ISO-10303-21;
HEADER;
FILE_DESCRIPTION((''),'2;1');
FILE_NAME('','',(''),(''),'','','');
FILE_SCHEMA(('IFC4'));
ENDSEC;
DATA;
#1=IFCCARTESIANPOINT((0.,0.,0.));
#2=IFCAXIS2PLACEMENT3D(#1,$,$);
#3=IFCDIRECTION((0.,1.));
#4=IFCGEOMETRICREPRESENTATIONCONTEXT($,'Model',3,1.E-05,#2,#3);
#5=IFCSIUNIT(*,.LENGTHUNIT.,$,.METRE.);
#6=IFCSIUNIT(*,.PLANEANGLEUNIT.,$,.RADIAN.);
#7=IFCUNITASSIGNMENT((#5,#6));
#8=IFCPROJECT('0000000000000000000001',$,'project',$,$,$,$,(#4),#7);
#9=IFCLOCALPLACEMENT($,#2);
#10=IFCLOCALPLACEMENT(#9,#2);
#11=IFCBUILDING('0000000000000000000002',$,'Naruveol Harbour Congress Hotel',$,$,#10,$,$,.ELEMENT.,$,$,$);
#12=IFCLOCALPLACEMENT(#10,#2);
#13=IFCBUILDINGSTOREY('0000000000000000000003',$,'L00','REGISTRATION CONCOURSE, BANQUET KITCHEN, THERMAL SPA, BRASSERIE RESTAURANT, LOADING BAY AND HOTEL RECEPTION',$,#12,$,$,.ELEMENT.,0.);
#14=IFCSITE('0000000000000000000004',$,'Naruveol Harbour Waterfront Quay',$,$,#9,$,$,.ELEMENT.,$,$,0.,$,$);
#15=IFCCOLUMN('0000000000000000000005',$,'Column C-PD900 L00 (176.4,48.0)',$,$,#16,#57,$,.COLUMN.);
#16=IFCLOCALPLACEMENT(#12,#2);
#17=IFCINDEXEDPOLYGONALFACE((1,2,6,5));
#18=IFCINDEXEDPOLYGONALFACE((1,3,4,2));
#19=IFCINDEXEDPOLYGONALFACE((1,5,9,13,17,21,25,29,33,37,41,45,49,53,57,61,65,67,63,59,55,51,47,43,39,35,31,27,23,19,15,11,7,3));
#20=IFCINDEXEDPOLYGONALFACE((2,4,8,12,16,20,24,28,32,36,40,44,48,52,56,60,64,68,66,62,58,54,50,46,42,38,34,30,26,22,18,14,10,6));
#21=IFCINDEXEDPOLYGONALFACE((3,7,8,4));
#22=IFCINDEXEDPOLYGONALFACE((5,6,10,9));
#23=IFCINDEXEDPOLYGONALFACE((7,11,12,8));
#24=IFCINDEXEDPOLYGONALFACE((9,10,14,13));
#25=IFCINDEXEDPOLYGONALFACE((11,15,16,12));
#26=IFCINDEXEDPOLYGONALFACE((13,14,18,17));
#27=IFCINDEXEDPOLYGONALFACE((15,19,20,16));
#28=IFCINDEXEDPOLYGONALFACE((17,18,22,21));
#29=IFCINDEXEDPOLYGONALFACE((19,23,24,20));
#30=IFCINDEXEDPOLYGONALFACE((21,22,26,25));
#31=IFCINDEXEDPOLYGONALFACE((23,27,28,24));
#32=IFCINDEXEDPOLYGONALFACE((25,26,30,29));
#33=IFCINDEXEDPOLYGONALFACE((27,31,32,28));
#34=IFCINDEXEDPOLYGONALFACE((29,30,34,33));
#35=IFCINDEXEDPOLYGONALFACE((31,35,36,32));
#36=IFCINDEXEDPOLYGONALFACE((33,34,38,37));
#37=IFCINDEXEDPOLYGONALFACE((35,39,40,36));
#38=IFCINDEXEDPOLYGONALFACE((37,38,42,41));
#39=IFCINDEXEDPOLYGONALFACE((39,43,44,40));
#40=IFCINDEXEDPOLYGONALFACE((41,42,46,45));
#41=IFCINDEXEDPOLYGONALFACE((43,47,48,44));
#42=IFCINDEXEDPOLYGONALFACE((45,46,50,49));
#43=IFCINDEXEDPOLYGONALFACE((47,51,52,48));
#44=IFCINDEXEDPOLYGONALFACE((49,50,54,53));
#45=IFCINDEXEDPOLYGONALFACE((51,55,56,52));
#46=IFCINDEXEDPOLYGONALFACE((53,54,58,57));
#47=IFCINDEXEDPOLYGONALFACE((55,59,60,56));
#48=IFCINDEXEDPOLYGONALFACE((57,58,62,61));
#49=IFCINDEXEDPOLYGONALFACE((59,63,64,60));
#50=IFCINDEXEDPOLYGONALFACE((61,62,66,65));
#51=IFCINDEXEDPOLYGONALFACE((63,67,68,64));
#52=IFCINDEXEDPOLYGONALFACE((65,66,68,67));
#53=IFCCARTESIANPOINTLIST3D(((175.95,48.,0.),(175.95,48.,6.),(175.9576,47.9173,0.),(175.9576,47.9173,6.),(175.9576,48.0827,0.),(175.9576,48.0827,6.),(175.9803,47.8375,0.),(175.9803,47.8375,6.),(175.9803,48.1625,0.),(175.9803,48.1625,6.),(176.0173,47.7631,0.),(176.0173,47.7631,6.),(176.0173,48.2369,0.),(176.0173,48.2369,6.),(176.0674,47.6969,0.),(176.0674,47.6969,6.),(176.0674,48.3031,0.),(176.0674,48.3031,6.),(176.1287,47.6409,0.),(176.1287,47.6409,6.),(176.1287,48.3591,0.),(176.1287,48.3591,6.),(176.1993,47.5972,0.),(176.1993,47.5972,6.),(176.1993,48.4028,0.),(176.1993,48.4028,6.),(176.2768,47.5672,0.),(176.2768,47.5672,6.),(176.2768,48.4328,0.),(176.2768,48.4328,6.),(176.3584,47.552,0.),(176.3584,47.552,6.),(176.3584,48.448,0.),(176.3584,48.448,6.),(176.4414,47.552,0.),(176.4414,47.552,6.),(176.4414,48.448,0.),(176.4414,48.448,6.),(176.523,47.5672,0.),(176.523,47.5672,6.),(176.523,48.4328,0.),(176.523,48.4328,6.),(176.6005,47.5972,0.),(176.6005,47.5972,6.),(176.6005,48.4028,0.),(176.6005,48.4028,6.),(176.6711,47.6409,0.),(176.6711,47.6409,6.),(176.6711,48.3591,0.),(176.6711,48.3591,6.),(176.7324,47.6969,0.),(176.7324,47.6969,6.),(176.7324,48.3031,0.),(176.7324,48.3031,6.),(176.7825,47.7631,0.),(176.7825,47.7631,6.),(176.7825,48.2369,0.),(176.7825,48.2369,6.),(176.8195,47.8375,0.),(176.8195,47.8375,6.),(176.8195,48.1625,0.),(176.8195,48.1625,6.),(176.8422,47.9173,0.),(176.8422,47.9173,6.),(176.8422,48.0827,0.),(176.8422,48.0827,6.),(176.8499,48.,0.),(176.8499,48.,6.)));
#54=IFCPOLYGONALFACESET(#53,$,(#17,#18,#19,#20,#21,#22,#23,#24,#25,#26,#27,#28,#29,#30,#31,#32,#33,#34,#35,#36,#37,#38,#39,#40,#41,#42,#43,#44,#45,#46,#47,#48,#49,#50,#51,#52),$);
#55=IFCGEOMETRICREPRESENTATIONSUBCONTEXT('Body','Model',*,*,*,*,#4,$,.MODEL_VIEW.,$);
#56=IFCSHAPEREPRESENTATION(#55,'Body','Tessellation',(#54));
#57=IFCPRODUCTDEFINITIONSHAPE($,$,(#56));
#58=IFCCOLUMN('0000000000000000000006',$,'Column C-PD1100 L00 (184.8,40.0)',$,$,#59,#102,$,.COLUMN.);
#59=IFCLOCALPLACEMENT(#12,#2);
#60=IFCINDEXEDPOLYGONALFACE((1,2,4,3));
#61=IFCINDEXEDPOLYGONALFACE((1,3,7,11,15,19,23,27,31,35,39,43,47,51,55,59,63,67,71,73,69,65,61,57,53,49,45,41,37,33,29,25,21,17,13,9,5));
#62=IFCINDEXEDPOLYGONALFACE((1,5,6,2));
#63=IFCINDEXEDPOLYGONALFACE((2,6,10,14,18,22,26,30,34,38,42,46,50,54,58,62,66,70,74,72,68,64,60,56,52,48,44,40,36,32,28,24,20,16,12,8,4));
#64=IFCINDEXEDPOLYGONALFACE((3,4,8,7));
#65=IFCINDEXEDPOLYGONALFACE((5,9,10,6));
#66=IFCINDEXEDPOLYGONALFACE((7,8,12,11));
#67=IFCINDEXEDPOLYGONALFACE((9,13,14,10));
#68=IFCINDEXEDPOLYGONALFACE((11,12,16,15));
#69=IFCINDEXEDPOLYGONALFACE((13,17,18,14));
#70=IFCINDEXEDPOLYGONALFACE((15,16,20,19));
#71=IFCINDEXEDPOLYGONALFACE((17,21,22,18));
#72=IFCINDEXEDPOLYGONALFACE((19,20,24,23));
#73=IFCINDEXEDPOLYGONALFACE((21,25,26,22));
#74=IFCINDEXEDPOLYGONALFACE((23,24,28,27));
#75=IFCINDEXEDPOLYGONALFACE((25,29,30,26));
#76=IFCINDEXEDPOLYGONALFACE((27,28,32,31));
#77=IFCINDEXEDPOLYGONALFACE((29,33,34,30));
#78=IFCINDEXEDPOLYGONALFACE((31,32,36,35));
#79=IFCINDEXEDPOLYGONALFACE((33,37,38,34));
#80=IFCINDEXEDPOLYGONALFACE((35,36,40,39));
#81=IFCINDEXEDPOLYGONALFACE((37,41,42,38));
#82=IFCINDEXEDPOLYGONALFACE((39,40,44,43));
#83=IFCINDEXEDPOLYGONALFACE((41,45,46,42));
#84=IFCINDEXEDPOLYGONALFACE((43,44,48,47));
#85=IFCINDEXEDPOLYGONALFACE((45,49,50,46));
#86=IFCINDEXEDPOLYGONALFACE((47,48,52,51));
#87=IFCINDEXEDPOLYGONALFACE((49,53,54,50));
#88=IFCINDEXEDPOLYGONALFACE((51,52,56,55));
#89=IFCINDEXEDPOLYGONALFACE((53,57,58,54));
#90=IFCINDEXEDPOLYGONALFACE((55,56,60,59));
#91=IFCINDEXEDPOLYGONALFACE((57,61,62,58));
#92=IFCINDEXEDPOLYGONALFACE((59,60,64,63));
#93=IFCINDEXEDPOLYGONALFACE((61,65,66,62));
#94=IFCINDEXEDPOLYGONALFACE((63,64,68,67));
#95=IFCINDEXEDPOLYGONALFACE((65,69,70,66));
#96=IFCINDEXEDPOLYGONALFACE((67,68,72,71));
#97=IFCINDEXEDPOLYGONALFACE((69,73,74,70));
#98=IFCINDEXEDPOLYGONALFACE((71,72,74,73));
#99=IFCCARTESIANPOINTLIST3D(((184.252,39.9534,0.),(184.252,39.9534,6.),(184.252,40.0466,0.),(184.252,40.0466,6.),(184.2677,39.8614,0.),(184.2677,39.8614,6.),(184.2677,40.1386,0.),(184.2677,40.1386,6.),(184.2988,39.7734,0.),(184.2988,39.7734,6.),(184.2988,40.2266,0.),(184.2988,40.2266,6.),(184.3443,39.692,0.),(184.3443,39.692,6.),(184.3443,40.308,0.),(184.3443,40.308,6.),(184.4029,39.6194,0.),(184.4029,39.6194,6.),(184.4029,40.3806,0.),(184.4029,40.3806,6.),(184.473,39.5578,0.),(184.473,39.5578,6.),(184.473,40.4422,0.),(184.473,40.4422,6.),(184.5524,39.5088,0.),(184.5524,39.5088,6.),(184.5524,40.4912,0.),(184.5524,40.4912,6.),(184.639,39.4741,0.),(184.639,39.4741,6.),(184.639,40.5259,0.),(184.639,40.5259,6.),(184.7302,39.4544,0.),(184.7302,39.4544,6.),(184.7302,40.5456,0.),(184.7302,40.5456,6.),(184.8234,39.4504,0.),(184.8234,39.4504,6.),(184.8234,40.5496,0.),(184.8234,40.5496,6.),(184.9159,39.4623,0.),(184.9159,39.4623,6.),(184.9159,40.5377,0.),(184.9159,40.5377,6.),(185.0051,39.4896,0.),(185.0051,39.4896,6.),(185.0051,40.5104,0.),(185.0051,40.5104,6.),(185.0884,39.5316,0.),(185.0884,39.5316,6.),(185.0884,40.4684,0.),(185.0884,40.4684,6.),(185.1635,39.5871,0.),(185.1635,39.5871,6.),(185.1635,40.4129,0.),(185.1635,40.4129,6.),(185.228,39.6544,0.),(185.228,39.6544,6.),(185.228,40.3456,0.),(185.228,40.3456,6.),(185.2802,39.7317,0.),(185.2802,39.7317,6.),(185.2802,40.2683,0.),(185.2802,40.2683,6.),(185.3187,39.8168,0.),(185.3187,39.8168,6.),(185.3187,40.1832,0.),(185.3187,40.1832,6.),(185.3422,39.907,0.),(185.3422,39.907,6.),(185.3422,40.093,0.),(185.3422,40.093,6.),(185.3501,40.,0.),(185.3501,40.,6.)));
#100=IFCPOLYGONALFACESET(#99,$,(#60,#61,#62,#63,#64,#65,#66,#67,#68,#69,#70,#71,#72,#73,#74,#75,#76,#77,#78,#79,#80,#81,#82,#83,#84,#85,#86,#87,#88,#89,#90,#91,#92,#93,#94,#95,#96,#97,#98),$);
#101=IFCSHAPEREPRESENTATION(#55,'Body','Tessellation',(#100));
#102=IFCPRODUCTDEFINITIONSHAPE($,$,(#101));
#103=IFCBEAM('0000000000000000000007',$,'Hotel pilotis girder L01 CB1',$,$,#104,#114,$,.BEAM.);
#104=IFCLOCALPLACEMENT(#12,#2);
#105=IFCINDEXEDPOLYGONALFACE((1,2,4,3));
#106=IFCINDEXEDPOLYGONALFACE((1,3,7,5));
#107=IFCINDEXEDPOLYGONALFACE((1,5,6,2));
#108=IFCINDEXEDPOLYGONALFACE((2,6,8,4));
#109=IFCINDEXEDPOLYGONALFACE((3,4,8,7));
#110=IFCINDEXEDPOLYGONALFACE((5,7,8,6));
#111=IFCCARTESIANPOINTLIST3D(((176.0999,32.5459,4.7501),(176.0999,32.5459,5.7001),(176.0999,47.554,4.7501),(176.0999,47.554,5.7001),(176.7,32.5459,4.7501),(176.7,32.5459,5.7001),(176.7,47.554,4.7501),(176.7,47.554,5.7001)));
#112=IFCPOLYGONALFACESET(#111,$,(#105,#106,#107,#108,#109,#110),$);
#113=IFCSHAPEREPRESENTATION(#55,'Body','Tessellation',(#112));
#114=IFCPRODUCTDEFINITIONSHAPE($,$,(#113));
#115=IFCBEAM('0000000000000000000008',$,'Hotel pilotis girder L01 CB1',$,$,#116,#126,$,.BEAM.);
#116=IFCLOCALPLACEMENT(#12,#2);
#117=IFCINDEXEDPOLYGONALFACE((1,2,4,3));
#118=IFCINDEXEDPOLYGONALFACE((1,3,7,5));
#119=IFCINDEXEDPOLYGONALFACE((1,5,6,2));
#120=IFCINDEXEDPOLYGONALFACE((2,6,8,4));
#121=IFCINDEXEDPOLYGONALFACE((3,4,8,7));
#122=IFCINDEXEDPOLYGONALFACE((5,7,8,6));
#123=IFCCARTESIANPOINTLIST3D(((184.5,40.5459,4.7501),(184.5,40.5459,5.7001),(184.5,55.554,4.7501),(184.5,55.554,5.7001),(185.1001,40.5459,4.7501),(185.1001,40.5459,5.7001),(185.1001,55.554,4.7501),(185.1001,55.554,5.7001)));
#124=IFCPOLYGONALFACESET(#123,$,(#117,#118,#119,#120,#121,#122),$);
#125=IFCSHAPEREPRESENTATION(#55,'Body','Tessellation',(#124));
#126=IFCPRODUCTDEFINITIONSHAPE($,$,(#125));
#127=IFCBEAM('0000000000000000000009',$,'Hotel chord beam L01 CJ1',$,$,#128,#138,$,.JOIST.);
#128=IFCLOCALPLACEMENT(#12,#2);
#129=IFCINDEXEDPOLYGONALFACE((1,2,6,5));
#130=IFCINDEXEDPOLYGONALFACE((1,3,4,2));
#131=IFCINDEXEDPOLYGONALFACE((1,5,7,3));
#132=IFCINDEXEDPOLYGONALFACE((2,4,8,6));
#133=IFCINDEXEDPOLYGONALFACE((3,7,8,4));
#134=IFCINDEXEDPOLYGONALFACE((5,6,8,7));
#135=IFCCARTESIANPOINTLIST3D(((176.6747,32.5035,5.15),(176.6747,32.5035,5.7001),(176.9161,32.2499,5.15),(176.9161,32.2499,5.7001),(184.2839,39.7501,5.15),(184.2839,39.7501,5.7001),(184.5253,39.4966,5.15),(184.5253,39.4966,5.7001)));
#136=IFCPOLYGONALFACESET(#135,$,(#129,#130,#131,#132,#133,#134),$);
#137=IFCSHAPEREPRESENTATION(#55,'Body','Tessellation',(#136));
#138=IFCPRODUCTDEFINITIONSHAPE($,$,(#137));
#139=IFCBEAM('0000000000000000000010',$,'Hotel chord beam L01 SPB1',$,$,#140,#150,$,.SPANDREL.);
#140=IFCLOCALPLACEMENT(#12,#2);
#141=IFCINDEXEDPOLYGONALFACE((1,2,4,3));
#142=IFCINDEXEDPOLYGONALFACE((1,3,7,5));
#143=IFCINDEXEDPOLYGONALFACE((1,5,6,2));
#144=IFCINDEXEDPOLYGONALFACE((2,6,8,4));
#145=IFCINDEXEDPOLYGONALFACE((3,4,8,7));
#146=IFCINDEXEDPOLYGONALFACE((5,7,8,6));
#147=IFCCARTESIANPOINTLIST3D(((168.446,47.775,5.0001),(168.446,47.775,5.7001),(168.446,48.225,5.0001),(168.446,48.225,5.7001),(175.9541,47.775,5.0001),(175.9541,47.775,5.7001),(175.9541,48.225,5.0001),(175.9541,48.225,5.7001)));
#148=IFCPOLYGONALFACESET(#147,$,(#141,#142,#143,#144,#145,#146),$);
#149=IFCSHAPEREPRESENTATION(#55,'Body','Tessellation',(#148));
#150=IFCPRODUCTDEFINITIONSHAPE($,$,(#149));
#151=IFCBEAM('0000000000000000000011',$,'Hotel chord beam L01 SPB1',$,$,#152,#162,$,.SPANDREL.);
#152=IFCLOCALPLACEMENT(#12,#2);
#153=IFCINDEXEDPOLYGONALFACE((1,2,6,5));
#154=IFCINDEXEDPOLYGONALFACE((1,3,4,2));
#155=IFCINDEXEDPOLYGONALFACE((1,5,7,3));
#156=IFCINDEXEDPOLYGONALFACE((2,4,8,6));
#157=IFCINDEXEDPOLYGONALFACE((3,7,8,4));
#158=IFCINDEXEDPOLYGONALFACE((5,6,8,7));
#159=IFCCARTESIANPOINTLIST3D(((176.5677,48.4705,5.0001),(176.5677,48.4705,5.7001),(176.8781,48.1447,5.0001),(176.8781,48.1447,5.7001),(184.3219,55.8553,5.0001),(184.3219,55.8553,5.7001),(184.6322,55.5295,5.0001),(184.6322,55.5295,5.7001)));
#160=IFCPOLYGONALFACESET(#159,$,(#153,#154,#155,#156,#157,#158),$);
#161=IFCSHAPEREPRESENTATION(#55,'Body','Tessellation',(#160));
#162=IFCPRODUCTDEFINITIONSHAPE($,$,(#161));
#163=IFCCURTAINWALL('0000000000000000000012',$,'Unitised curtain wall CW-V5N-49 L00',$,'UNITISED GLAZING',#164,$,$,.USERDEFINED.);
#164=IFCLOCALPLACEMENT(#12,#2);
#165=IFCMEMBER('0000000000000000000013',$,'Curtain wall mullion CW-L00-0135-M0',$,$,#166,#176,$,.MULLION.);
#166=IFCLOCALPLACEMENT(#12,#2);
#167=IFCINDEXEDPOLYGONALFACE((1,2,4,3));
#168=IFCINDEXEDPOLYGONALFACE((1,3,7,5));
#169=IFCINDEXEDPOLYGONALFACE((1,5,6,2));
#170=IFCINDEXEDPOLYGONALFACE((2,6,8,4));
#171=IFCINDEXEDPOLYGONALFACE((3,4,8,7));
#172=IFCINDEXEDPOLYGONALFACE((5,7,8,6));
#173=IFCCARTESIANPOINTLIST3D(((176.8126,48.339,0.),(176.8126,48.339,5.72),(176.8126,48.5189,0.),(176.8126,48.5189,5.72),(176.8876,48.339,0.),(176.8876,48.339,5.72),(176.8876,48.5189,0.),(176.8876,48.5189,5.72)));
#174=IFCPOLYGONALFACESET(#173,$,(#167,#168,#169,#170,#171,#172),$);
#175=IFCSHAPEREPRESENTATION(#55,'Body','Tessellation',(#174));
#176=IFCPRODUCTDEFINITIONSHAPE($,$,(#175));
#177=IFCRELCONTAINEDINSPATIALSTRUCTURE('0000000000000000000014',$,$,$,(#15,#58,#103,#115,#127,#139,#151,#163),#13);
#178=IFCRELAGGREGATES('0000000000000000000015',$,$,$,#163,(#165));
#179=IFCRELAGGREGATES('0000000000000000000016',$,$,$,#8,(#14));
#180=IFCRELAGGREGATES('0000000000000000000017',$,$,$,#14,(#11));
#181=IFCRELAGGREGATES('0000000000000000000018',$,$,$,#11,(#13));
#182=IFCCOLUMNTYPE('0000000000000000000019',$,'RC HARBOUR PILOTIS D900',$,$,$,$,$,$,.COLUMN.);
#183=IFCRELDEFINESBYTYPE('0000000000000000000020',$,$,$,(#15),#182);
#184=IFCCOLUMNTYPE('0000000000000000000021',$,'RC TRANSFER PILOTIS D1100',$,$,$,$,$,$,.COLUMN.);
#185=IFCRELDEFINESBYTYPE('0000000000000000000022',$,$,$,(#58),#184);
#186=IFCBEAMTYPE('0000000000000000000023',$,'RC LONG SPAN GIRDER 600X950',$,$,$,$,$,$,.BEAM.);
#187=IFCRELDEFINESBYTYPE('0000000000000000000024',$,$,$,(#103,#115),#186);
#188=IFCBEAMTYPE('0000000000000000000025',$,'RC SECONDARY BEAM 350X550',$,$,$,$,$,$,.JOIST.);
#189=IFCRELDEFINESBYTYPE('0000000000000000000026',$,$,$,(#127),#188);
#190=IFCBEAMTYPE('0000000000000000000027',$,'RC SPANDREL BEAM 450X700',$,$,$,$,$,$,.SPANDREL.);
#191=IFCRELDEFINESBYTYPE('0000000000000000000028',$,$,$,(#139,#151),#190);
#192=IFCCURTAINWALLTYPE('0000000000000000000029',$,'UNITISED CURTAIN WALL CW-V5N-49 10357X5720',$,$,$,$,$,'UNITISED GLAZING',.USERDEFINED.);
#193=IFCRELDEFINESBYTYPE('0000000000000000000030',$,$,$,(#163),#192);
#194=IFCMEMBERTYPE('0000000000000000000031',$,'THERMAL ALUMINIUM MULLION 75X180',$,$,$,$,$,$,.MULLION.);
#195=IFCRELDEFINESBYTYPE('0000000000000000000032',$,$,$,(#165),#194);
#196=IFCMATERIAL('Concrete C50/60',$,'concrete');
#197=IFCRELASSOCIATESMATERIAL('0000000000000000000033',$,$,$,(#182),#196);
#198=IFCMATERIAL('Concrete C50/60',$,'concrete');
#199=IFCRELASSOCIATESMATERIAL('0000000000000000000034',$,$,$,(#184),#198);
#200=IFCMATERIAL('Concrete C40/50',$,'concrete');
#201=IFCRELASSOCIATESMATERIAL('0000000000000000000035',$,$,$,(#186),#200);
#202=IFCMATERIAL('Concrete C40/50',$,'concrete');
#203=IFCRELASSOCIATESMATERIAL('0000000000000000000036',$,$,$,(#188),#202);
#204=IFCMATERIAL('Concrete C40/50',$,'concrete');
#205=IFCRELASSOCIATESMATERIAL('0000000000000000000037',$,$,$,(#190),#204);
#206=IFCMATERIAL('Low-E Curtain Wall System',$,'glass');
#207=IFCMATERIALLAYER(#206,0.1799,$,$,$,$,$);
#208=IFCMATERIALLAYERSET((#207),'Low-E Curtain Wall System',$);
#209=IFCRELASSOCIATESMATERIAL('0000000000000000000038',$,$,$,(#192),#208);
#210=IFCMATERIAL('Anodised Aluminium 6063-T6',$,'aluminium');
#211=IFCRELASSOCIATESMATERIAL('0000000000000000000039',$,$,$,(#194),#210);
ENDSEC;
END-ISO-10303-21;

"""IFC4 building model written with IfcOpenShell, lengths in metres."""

from ifc_helpers import new_model, si_unit, direction, frame, origin, origin_2d, place, context, subcontext, project, spatial, rectangle, circle, extrude, material, layer, layer_set, material_profile, profile_set, type_object, element, aggregate, save


model = new_model("IFC4")

# Units and contexts
model_context = context("Model", 3, precision=1e-05, world=origin(), true_north=direction((0.0, 1.0)))
body_context = subcontext(model_context, "Body", "Model", "MODEL_VIEW")
ifc_project = project(units=[si_unit("LENGTHUNIT", "METRE"), si_unit("PLANEANGLEUNIT", "RADIAN")], contexts=[model_context])

# Site, building, storey
site_placement = place(None, origin())
site = spatial("IfcSite", under=ifc_project, at=site_placement, Name="Naruveol Harbour Waterfront Quay", CompositionType="ELEMENT", RefElevation=0.0)
building_placement = place(site_placement, origin())
building = spatial("IfcBuilding", under=site, at=building_placement, Name="Naruveol Harbour Congress Hotel", CompositionType="ELEMENT")
storey_placement = place(building_placement, origin())
storey = spatial("IfcBuildingStorey", under=building, at=storey_placement, Name="L00", Description="REGISTRATION CONCOURSE, BANQUET KITCHEN, THERMAL SPA, BRASSERIE RESTAURANT, LOADING BAY AND HOTEL RECEPTION", CompositionType="ELEMENT", Elevation=0.0)

# Columns
ifc_material_1 = material(Name="Concrete C50/60", Category="concrete")
ifc_material_profile_1 = material_profile(ifc_material_1, circle(Radius=0.45, at=origin_2d()), Name="RC-D900")
ifc_profile_set_1 = profile_set([ifc_material_profile_1], Name="Concrete C50/60")
column_type_1 = type_object("IfcColumnType", Name="RC HARBOUR PILOTIS D900", PredefinedType="COLUMN", material=ifc_profile_set_1)
column_1_placement = place(storey_placement, frame((176.3999, 48.0, 0.0), z_axis=(0.0, 0.0, 1.0), x_axis=(1.0, 0.0, 0.0)))
element("IfcColumn", 1, at=column_1_placement, inside=storey, type_object=column_type_1, Name="Column C-PD900 L00 (176.4,48.0)", PredefinedType="COLUMN", context=body_context, shape_type="SweptSolid", body=[
    extrude(circle(Radius=0.45, at=origin_2d()), origin(), (0.0, 0.0, 1.0), 6.0),
])
ifc_material_2 = material(Name="Concrete C50/60", Category="concrete")
ifc_material_profile_2 = material_profile(ifc_material_2, circle(Radius=0.55, at=origin_2d()), Name="RC-D1100")
ifc_profile_set_2 = profile_set([ifc_material_profile_2], Name="Concrete C50/60")
column_type_2 = type_object("IfcColumnType", Name="RC TRANSFER PILOTIS D1100", PredefinedType="COLUMN", material=ifc_profile_set_2)
column_2_placement = place(storey_placement, frame((184.8, 40.0, 0.0), z_axis=(0.0, 0.0, 1.0), x_axis=(1.0, 0.0, 0.0)))
element("IfcColumn", 2, at=column_2_placement, inside=storey, type_object=column_type_2, Name="Column C-PD1100 L00 (184.8,40.0)", PredefinedType="COLUMN", context=body_context, shape_type="SweptSolid", body=[
    extrude(circle(Radius=0.55, at=origin_2d()), origin(), (0.0, 0.0, 1.0), 6.0),
])

# Beams
ifc_material_3 = material(Name="Concrete C40/50", Category="concrete")
ifc_material_profile_3 = material_profile(ifc_material_3, rectangle(XDim=0.6001, YDim=0.95, at=origin_2d()), Name="RCB-600x950")
ifc_profile_set_3 = profile_set([ifc_material_profile_3], Name="Concrete C40/50")
beam_type_1 = type_object("IfcBeamType", Name="RC LONG SPAN GIRDER 600X950", PredefinedType="BEAM", material=ifc_profile_set_3)
for number, where, z_axis, x_axis, name in (
    (3, (176.3999, 32.5459, 5.2251), (0.0, 1.0, 0.0), (-1.0, 0.0, 0.0), "Hotel pilotis girder L01 CB1"),
    (4, (184.8, 40.5459, 5.2251), (0.0, 1.0, 0.0), (-1.0, 0.0, 0.0), "Hotel pilotis girder L01 CB1"),
):
    element("IfcBeam", number, at=place(storey_placement, frame(where, z_axis=z_axis, x_axis=x_axis)), inside=storey, type_object=beam_type_1, Name=name, PredefinedType="BEAM", context=body_context, shape_type="SweptSolid", body=[
        extrude(rectangle(XDim=0.6001, YDim=0.95, at=origin_2d()), origin(), (0.0, 0.0, 1.0), 15.0081),
    ])
ifc_material_4 = material(Name="Concrete C40/50", Category="concrete")
ifc_material_profile_4 = material_profile(ifc_material_4, rectangle(XDim=0.3501, YDim=0.55, at=origin_2d()), Name="RCB-350x550")
ifc_profile_set_4 = profile_set([ifc_material_profile_4], Name="Concrete C40/50")
beam_type_2 = type_object("IfcBeamType", Name="RC SECONDARY BEAM 350X550", PredefinedType="JOIST", material=ifc_profile_set_4)
beam_1_placement = place(storey_placement, frame((176.7954, 32.3767, 5.425), z_axis=(0.724148, 0.689645, 0.0), x_axis=(-0.689645, 0.724148, 0.0)))
element("IfcBeam", 5, at=beam_1_placement, inside=storey, type_object=beam_type_2, Name="Hotel chord beam L01 CJ1", PredefinedType="JOIST", context=body_context, shape_type="SweptSolid", body=[
    extrude(rectangle(XDim=0.3501, YDim=0.55, at=origin_2d()), origin(), (0.0, 0.0, 1.0), 10.5078),
])
ifc_material_5 = material(Name="Concrete C40/50", Category="concrete")
ifc_material_profile_5 = material_profile(ifc_material_5, rectangle(XDim=0.45, YDim=0.7, at=origin_2d()), Name="RCB-450x700")
ifc_profile_set_5 = profile_set([ifc_material_profile_5], Name="Concrete C40/50")
beam_type_3 = type_object("IfcBeamType", Name="RC SPANDREL BEAM 450X700", PredefinedType="SPANDREL", material=ifc_profile_set_5)
beam_2_placement = place(storey_placement, frame((168.446, 48.0, 5.3501), z_axis=(1.0, 0.0, 0.0), x_axis=(0.0, 1.0, 0.0)))
element("IfcBeam", 6, at=beam_2_placement, inside=storey, type_object=beam_type_3, Name="Hotel chord beam L01 SPB1", PredefinedType="SPANDREL", context=body_context, shape_type="SweptSolid", body=[
    extrude(rectangle(XDim=0.45, YDim=0.7, at=origin_2d()), origin(), (0.0, 0.0, 1.0), 7.5081),
])
beam_3_placement = place(storey_placement, frame((176.7229, 48.3076, 5.3501), z_axis=(0.724144, 0.689648, 0.0), x_axis=(-0.689648, 0.724144, 0.0)))
element("IfcBeam", 7, at=beam_3_placement, inside=storey, type_object=beam_type_3, Name="Hotel chord beam L01 SPB1", PredefinedType="SPANDREL", context=body_context, shape_type="SweptSolid", body=[
    extrude(rectangle(XDim=0.45, YDim=0.7, at=origin_2d()), origin(), (0.0, 0.0, 1.0), 10.708),
])

# Curtain wall, member
ifc_material_6 = material(Name="Low-E Curtain Wall System", Category="glass")
ifc_layer_1 = layer(ifc_material_6, 0.1799)
ifc_layer_set_1 = layer_set([ifc_layer_1], Name="Low-E Curtain Wall System")
curtain_wall_type = type_object("IfcCurtainWallType", Name="UNITISED CURTAIN WALL CW-V5N-49 10357X5720", ElementType="UNITISED GLAZING", PredefinedType="USERDEFINED", material=ifc_layer_set_1)
curtain_wall_placement = place(storey_placement, origin())
curtain_wall = element("IfcCurtainWall", 8, at=curtain_wall_placement, inside=storey, type_object=curtain_wall_type, Name="Unitised curtain wall CW-V5N-49 L00", ObjectType="UNITISED GLAZING", PredefinedType="USERDEFINED")
ifc_material_7 = material(Name="Anodised Aluminium 6063-T6", Category="aluminium")
ifc_material_profile_6 = material_profile(ifc_material_7, rectangle(XDim=0.075, YDim=0.1799, at=origin_2d()), Name="ALU-75x180")
ifc_profile_set_6 = profile_set([ifc_material_profile_6], Name="Anodised Aluminium 6063-T6")
member_type_1 = type_object("IfcMemberType", Name="THERMAL ALUMINIUM MULLION 75X180", PredefinedType="MULLION", material=ifc_profile_set_6)
member_1_placement = place(storey_placement, frame((176.8501, 48.429, 0.0), z_axis=(0.0, 0.0, 1.0), x_axis=(1.0, 0.0, 0.0)))
member_1 = element("IfcMember", 9, at=member_1_placement, type_object=member_type_1, Name="Curtain wall mullion CW-L00-0135-M0", PredefinedType="MULLION", context=body_context, shape_type="SweptSolid", body=[
    extrude(rectangle(XDim=0.075, YDim=0.1799, at=origin_2d()), origin(), (0.0, 0.0, 1.0), 5.72),
])
aggregate(curtain_wall, [member_1])

save(model, "model.ifc")
